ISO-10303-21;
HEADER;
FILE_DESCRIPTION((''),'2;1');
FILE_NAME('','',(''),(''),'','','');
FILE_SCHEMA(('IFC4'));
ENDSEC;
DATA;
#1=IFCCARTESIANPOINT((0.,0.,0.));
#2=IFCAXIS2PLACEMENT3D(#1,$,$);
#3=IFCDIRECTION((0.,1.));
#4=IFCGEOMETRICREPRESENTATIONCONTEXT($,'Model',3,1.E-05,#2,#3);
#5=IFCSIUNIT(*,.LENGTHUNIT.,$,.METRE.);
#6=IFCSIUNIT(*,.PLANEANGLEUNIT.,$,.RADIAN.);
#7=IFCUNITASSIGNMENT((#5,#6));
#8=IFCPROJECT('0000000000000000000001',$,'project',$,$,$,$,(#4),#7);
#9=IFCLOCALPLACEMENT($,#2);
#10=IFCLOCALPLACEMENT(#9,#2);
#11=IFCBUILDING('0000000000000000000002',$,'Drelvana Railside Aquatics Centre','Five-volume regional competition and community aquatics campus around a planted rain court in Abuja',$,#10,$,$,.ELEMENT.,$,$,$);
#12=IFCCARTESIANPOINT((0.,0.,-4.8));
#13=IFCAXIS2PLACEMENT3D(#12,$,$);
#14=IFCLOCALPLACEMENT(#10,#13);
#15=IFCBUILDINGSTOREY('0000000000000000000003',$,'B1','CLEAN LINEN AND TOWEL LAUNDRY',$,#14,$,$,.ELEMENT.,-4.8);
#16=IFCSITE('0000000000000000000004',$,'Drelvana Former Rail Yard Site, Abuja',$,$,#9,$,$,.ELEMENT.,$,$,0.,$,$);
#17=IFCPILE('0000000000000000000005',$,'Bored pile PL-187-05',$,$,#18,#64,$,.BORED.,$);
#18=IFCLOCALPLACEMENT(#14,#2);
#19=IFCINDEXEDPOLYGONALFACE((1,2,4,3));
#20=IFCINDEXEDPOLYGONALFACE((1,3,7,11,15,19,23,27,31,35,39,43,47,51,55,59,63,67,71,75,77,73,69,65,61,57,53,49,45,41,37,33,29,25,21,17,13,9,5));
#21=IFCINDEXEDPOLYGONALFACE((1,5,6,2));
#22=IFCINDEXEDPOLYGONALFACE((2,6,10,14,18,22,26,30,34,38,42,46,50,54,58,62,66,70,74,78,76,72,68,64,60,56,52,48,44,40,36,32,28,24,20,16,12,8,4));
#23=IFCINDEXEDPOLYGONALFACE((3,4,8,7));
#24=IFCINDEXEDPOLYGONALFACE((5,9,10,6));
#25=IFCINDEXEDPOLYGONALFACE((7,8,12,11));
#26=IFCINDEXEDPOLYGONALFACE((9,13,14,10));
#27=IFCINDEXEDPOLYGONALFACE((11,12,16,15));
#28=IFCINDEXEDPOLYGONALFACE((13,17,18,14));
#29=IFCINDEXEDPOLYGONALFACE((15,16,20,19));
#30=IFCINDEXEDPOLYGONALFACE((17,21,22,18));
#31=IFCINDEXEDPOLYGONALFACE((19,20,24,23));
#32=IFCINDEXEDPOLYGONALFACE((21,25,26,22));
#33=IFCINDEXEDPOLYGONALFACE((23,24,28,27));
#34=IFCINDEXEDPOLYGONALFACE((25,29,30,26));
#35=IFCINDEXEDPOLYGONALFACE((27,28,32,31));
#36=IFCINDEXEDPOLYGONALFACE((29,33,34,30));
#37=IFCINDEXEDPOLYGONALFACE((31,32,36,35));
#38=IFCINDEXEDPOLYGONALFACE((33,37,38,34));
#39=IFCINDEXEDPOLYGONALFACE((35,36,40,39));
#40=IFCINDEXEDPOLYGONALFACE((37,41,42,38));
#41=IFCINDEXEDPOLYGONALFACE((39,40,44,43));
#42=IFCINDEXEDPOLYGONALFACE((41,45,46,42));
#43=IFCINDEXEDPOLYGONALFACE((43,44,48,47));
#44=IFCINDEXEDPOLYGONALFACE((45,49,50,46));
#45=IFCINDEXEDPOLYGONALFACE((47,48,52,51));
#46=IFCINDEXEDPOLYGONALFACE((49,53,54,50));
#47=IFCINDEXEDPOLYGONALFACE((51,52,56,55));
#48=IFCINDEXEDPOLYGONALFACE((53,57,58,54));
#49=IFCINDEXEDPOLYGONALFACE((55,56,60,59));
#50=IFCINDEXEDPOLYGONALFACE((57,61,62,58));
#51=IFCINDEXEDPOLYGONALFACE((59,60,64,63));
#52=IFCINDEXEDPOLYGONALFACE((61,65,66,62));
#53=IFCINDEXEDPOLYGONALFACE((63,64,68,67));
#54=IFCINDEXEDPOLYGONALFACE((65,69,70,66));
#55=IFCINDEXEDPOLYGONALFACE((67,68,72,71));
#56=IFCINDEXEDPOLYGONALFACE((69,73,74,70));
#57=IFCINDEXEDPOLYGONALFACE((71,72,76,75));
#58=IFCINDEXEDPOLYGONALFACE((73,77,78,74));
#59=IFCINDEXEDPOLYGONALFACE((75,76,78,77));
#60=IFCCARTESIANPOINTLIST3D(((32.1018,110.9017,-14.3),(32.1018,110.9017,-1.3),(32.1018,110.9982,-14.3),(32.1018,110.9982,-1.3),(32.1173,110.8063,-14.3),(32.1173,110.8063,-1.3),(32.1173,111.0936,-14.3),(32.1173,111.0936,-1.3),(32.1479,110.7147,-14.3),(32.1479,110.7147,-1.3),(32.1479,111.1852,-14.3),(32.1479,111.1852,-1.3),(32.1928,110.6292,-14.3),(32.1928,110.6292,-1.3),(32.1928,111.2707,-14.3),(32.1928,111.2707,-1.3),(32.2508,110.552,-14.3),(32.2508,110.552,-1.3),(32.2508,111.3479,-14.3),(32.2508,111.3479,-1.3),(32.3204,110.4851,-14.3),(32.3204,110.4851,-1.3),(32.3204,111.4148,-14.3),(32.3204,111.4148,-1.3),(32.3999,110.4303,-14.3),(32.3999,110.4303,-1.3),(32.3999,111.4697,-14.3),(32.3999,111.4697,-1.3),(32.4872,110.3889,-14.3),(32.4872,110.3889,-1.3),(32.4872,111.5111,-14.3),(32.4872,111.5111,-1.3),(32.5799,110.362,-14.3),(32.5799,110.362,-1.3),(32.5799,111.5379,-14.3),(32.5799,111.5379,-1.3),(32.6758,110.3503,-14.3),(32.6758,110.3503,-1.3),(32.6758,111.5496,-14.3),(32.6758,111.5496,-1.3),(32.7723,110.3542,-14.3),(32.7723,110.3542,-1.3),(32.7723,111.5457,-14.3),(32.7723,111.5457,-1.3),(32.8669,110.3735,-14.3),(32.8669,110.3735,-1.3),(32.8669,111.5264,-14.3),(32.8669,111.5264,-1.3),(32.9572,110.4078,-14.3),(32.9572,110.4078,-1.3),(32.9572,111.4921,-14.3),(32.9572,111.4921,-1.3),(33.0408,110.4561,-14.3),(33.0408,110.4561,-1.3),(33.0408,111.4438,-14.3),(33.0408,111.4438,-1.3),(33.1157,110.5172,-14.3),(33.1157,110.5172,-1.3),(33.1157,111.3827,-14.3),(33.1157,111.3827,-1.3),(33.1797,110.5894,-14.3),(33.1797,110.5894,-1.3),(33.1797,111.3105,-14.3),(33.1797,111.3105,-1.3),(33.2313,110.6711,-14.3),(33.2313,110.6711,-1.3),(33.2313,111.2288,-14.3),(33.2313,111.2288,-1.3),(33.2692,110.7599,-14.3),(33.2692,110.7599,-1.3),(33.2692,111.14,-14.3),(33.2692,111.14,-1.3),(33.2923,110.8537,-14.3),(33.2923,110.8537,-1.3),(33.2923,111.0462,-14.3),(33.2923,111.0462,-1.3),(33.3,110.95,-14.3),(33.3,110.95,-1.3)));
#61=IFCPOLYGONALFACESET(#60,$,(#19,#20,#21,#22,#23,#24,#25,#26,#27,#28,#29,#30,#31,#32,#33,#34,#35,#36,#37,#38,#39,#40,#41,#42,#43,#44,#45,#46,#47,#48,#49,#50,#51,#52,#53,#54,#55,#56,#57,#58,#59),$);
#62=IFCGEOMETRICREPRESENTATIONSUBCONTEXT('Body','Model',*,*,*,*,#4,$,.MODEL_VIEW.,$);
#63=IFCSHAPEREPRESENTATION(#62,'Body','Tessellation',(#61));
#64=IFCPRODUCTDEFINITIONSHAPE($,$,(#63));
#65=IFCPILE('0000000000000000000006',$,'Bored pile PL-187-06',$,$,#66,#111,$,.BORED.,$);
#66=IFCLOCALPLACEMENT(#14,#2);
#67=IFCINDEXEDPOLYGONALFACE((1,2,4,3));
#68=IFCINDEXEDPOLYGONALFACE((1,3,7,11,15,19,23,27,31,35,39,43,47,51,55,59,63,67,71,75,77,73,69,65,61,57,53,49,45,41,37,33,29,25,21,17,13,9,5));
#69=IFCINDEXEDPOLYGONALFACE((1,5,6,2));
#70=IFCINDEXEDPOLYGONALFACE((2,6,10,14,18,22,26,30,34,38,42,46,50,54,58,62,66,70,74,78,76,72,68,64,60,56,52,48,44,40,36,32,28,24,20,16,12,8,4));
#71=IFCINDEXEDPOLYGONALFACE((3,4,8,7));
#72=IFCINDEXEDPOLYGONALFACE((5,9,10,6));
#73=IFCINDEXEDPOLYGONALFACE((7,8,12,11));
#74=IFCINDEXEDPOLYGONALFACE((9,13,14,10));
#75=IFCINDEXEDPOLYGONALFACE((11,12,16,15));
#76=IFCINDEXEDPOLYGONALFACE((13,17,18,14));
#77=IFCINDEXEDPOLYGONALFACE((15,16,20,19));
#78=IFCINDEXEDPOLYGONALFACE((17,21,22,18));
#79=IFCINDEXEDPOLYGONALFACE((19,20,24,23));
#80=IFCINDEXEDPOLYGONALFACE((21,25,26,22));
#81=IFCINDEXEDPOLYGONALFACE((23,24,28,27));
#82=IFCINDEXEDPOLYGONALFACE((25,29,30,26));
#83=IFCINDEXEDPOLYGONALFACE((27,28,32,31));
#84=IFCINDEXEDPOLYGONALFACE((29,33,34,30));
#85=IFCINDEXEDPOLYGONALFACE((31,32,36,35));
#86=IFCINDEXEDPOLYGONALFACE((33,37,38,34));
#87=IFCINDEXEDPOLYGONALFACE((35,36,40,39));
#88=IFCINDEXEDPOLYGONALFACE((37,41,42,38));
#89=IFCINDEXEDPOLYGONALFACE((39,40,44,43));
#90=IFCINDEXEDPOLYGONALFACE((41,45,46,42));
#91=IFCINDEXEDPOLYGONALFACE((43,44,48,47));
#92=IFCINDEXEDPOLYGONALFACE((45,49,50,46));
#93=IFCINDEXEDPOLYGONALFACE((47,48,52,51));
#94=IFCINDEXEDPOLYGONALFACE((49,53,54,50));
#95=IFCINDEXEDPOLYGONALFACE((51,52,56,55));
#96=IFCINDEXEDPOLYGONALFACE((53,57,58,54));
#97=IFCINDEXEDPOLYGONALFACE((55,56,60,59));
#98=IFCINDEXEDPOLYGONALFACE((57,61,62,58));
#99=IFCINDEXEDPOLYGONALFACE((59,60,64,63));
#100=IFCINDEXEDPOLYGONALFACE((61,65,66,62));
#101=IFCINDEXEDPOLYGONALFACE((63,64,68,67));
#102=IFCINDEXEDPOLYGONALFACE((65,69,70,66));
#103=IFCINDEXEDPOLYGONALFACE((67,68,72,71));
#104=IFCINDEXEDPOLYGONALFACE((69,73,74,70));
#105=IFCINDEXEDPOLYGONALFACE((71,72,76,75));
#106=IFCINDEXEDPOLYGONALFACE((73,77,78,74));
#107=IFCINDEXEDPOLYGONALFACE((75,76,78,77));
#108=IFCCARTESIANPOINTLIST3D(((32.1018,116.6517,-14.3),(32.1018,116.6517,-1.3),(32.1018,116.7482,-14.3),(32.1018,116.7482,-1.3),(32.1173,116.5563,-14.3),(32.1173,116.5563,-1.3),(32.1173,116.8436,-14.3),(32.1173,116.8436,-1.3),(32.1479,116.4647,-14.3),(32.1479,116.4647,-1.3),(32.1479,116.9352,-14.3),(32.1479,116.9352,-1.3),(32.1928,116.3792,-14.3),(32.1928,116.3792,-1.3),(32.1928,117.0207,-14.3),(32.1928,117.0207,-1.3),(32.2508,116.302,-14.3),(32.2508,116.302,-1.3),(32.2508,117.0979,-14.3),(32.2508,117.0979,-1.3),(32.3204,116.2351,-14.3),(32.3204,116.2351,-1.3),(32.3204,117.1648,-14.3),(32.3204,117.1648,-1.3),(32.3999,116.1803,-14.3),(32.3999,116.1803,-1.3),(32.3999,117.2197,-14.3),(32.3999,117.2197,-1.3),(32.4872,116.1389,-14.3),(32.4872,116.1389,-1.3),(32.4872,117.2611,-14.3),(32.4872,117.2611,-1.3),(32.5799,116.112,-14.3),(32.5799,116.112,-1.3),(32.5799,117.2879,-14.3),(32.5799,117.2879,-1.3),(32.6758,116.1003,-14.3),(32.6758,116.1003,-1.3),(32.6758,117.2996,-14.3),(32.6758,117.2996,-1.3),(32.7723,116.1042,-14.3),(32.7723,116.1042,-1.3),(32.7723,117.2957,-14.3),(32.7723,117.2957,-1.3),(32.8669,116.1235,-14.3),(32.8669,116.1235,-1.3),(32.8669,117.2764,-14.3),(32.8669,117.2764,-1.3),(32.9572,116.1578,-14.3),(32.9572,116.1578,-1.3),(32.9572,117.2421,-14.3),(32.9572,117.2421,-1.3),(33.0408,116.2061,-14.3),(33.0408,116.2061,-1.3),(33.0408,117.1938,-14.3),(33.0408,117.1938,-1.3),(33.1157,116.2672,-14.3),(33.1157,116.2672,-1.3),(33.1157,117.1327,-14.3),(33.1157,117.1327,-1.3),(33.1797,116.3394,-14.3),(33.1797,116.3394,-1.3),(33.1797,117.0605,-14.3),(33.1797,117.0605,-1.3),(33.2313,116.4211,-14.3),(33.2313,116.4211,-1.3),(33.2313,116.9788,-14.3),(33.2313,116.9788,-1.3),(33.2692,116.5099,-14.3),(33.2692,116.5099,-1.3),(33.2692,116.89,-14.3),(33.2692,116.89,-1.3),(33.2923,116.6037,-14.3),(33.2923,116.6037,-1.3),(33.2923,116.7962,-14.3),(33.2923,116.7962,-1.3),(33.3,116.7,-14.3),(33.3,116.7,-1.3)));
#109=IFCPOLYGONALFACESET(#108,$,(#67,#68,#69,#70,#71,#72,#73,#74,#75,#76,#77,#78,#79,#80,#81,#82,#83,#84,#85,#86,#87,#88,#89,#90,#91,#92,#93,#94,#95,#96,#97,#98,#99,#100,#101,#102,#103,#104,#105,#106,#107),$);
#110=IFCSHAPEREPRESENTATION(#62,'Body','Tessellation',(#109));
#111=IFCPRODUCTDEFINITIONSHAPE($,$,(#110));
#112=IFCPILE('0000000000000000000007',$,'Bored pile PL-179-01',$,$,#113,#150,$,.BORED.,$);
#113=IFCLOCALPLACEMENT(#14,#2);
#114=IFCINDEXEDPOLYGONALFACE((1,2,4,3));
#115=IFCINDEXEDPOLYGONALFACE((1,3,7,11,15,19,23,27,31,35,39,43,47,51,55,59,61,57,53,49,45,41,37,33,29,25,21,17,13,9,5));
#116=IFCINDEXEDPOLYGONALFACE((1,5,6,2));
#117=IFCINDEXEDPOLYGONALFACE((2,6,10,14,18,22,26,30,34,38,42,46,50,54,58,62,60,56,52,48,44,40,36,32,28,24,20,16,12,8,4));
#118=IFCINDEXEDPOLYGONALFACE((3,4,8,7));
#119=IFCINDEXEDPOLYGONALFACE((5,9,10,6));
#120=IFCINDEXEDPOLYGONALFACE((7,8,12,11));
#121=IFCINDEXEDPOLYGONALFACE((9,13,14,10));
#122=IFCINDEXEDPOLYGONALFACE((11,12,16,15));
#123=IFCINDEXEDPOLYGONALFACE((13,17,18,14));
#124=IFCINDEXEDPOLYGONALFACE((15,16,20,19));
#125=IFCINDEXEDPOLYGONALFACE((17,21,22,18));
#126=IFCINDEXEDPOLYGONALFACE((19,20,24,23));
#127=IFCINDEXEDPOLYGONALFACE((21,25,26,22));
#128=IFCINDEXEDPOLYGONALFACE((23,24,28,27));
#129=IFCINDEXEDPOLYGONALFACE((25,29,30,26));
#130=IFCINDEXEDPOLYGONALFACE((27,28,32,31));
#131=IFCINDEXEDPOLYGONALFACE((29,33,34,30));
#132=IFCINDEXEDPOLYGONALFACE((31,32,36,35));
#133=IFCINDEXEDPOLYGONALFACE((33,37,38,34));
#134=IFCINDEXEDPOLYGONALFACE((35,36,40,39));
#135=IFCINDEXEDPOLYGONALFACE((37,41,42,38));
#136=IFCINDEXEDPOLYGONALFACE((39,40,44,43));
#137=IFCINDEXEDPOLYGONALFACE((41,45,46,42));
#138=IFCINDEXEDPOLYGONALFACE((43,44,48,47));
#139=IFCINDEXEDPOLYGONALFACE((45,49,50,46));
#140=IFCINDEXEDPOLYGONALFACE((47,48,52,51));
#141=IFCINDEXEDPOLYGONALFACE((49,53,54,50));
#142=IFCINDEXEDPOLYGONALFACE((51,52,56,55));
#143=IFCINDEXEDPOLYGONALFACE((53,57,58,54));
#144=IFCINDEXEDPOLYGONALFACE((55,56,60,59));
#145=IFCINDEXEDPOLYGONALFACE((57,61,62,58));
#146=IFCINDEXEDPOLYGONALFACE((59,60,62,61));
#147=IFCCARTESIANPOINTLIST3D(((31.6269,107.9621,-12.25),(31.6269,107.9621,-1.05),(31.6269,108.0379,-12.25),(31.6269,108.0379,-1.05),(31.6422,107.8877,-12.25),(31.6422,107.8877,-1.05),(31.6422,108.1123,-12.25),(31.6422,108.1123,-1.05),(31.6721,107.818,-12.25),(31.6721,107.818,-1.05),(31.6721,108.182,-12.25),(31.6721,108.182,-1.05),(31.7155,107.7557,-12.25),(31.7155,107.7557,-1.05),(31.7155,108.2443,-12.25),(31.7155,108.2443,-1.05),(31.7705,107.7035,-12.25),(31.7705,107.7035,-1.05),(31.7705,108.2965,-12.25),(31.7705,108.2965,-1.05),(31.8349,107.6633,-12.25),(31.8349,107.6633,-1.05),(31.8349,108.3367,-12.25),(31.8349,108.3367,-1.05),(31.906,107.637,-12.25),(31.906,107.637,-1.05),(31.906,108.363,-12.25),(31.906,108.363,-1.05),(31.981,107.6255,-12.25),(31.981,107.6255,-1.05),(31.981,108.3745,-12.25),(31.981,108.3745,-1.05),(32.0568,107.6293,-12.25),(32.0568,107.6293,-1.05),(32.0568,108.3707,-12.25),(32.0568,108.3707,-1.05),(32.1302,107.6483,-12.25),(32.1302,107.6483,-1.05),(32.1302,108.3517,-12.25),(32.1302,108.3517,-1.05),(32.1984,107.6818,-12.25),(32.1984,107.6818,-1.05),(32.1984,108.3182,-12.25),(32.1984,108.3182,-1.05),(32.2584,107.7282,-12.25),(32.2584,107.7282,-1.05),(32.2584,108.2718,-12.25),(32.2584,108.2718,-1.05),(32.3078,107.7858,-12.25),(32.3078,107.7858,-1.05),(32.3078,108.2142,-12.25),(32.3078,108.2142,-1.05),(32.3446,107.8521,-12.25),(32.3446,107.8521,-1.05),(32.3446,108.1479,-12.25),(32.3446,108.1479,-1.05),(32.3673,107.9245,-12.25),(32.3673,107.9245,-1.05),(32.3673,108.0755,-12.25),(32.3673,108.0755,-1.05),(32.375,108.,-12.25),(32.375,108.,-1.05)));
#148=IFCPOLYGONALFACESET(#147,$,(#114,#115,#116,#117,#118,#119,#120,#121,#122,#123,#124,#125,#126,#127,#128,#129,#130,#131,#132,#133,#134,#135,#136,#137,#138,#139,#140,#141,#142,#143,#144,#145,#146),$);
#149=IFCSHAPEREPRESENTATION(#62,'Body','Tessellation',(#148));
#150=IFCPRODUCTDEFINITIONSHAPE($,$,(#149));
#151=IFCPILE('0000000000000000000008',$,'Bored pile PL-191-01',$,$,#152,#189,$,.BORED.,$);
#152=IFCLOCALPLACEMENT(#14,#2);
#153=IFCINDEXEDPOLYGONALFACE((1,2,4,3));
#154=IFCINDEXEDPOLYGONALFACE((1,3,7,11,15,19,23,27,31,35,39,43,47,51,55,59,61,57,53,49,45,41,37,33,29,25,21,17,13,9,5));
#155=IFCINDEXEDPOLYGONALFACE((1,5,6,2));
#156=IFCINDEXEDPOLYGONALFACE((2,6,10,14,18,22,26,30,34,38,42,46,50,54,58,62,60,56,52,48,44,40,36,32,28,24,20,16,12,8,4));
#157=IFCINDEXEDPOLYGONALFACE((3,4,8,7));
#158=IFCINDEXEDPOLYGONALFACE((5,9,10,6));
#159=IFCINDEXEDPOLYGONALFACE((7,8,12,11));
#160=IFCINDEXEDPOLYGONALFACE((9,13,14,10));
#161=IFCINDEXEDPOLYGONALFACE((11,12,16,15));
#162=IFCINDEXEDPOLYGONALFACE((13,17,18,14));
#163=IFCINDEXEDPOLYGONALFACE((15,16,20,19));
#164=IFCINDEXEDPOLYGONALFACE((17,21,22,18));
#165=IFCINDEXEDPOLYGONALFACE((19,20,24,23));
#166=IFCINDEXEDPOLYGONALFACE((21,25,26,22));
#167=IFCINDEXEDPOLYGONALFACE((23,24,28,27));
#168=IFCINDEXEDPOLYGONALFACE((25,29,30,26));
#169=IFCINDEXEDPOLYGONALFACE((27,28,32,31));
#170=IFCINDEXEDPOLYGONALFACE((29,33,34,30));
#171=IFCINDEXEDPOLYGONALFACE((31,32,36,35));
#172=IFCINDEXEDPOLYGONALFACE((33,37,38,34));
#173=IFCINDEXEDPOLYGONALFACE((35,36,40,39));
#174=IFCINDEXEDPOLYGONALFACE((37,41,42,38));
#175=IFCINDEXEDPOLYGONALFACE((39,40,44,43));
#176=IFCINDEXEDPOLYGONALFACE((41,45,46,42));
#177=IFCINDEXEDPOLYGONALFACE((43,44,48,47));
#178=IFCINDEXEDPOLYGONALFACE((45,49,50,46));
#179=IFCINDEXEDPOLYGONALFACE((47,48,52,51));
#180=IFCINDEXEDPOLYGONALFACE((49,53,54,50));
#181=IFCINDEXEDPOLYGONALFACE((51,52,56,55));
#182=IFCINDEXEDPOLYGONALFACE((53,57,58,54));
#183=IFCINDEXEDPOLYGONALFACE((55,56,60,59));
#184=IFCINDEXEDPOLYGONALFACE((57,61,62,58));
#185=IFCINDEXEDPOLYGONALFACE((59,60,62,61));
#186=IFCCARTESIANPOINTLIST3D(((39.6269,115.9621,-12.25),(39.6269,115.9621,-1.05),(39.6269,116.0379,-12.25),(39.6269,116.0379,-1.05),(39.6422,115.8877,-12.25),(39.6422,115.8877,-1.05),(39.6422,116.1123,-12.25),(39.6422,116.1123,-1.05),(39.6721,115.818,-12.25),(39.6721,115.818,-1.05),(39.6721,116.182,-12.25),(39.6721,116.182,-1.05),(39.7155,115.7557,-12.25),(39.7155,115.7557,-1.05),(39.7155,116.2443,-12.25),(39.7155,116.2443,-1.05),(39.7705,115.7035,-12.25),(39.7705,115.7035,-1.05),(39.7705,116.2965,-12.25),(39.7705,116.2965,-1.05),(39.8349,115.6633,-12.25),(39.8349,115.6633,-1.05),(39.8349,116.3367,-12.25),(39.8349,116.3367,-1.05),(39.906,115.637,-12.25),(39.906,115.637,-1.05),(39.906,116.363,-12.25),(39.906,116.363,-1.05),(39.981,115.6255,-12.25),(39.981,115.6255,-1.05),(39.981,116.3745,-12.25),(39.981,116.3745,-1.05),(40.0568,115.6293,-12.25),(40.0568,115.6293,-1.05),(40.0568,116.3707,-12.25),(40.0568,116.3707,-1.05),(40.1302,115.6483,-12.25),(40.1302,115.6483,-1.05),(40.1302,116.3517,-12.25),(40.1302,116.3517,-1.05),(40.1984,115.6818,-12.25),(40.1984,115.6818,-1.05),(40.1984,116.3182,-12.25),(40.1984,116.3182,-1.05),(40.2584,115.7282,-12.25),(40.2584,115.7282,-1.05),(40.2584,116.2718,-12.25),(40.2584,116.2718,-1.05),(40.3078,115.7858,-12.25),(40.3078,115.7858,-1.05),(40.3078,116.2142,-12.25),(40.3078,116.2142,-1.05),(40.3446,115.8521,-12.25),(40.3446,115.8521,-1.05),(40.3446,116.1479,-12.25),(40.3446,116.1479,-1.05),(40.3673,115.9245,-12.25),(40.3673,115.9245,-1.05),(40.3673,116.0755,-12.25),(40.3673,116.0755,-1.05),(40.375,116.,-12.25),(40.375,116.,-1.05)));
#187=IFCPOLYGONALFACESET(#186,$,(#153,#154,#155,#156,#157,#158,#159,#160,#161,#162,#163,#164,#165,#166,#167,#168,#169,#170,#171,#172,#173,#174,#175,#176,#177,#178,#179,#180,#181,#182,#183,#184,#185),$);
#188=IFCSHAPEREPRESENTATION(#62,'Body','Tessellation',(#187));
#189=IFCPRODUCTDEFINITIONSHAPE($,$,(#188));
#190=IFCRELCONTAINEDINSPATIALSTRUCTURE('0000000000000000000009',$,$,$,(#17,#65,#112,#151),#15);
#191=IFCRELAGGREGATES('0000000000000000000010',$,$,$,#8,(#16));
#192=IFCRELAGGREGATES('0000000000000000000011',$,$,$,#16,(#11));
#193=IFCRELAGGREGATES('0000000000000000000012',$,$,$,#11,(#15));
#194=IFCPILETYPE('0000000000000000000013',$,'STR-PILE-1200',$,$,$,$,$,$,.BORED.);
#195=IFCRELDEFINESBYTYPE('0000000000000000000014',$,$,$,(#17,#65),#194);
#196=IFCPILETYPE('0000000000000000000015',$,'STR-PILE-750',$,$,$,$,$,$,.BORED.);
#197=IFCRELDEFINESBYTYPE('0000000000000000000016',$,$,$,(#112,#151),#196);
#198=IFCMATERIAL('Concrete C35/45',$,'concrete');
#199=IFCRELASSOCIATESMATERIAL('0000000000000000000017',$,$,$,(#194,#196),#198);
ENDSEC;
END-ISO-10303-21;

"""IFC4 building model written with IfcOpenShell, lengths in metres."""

from ifc_helpers import new_model, si_unit, direction, frame, origin, origin_2d, place, context, subcontext, project, spatial, circle, extrude, material, material_profile, profile_set, type_object, element, save


model = new_model("IFC4")

# Units and contexts
model_context = context("Model", 3, precision=1e-05, world=origin(), true_north=direction((0.0, 1.0)))
body_context = subcontext(model_context, "Body", "Model", "MODEL_VIEW")
ifc_project = project(units=[si_unit("LENGTHUNIT", "METRE"), si_unit("PLANEANGLEUNIT", "RADIAN")], contexts=[model_context])

# Site, building, storey
site_placement = place(None, origin())
site = spatial("IfcSite", under=ifc_project, at=site_placement, Name="Drelvana Former Rail Yard Site, Abuja", CompositionType="ELEMENT", RefElevation=0.0)
building_placement = place(site_placement, origin())
building = spatial("IfcBuilding", under=site, at=building_placement, Name="Drelvana Railside Aquatics Centre", Description="Five-volume regional competition and community aquatics campus around a planted rain court in Abuja", CompositionType="ELEMENT")
storey_placement = place(building_placement, frame((0.0, 0.0, -4.8)))
storey = spatial("IfcBuildingStorey", under=building, at=storey_placement, Name="B1", Description="CLEAN LINEN AND TOWEL LAUNDRY", CompositionType="ELEMENT", Elevation=-4.8)

# Shared definitions
ifc_material_1 = material(Name="Concrete C35/45", Category="concrete")

# Piles
ifc_material_profile_1 = material_profile(ifc_material_1, circle(Radius=0.6001, at=origin_2d()), Name="PILE D1200")
ifc_profile_set_1 = profile_set([ifc_material_profile_1], Name="Concrete C35/45")
pile_type_1 = type_object("IfcPileType", Name="STR-PILE-1200", PredefinedType="BORED", material=ifc_profile_set_1)
for number, where, z_axis, x_axis, name in (
    (1, (32.7, 110.95, -1.3), (0.0, 0.0, -1.0), (1.0, 0.0, 0.0), "Bored pile PL-187-05"),
    (2, (32.7, 116.7, -1.3), (0.0, 0.0, -1.0), (1.0, 0.0, 0.0), "Bored pile PL-187-06"),
):
    element("IfcPile", number, at=place(storey_placement, frame(where, z_axis=z_axis, x_axis=x_axis)), inside=storey, type_object=pile_type_1, Name=name, PredefinedType="BORED", context=body_context, shape_type="SweptSolid", body=[
        extrude(circle(Radius=0.6001, at=origin_2d()), origin(), (0.0, 0.0, 1.0), 13.0),
    ])
ifc_material_profile_2 = material_profile(ifc_material_1, circle(Radius=0.375, at=origin_2d()), Name="PILE D750")
ifc_profile_set_2 = profile_set([ifc_material_profile_2], Name="Concrete C35/45")
pile_type_2 = type_object("IfcPileType", Name="STR-PILE-750", PredefinedType="BORED", material=ifc_profile_set_2)
for number, where, z_axis, x_axis, name in (
    (3, (32.0, 108.0, -1.05), (0.0, 0.0, -1.0), (1.0, 0.0, 0.0), "Bored pile PL-179-01"),
    (4, (40.0, 116.0, -1.05), (0.0, 0.0, -1.0), (1.0, 0.0, 0.0), "Bored pile PL-191-01"),
):
    element("IfcPile", number, at=place(storey_placement, frame(where, z_axis=z_axis, x_axis=x_axis)), inside=storey, type_object=pile_type_2, Name=name, PredefinedType="BORED", context=body_context, shape_type="SweptSolid", body=[
        extrude(circle(Radius=0.375, at=origin_2d()), origin(), (0.0, 0.0, 1.0), 11.2),
    ])

save(model, "model.ifc")
